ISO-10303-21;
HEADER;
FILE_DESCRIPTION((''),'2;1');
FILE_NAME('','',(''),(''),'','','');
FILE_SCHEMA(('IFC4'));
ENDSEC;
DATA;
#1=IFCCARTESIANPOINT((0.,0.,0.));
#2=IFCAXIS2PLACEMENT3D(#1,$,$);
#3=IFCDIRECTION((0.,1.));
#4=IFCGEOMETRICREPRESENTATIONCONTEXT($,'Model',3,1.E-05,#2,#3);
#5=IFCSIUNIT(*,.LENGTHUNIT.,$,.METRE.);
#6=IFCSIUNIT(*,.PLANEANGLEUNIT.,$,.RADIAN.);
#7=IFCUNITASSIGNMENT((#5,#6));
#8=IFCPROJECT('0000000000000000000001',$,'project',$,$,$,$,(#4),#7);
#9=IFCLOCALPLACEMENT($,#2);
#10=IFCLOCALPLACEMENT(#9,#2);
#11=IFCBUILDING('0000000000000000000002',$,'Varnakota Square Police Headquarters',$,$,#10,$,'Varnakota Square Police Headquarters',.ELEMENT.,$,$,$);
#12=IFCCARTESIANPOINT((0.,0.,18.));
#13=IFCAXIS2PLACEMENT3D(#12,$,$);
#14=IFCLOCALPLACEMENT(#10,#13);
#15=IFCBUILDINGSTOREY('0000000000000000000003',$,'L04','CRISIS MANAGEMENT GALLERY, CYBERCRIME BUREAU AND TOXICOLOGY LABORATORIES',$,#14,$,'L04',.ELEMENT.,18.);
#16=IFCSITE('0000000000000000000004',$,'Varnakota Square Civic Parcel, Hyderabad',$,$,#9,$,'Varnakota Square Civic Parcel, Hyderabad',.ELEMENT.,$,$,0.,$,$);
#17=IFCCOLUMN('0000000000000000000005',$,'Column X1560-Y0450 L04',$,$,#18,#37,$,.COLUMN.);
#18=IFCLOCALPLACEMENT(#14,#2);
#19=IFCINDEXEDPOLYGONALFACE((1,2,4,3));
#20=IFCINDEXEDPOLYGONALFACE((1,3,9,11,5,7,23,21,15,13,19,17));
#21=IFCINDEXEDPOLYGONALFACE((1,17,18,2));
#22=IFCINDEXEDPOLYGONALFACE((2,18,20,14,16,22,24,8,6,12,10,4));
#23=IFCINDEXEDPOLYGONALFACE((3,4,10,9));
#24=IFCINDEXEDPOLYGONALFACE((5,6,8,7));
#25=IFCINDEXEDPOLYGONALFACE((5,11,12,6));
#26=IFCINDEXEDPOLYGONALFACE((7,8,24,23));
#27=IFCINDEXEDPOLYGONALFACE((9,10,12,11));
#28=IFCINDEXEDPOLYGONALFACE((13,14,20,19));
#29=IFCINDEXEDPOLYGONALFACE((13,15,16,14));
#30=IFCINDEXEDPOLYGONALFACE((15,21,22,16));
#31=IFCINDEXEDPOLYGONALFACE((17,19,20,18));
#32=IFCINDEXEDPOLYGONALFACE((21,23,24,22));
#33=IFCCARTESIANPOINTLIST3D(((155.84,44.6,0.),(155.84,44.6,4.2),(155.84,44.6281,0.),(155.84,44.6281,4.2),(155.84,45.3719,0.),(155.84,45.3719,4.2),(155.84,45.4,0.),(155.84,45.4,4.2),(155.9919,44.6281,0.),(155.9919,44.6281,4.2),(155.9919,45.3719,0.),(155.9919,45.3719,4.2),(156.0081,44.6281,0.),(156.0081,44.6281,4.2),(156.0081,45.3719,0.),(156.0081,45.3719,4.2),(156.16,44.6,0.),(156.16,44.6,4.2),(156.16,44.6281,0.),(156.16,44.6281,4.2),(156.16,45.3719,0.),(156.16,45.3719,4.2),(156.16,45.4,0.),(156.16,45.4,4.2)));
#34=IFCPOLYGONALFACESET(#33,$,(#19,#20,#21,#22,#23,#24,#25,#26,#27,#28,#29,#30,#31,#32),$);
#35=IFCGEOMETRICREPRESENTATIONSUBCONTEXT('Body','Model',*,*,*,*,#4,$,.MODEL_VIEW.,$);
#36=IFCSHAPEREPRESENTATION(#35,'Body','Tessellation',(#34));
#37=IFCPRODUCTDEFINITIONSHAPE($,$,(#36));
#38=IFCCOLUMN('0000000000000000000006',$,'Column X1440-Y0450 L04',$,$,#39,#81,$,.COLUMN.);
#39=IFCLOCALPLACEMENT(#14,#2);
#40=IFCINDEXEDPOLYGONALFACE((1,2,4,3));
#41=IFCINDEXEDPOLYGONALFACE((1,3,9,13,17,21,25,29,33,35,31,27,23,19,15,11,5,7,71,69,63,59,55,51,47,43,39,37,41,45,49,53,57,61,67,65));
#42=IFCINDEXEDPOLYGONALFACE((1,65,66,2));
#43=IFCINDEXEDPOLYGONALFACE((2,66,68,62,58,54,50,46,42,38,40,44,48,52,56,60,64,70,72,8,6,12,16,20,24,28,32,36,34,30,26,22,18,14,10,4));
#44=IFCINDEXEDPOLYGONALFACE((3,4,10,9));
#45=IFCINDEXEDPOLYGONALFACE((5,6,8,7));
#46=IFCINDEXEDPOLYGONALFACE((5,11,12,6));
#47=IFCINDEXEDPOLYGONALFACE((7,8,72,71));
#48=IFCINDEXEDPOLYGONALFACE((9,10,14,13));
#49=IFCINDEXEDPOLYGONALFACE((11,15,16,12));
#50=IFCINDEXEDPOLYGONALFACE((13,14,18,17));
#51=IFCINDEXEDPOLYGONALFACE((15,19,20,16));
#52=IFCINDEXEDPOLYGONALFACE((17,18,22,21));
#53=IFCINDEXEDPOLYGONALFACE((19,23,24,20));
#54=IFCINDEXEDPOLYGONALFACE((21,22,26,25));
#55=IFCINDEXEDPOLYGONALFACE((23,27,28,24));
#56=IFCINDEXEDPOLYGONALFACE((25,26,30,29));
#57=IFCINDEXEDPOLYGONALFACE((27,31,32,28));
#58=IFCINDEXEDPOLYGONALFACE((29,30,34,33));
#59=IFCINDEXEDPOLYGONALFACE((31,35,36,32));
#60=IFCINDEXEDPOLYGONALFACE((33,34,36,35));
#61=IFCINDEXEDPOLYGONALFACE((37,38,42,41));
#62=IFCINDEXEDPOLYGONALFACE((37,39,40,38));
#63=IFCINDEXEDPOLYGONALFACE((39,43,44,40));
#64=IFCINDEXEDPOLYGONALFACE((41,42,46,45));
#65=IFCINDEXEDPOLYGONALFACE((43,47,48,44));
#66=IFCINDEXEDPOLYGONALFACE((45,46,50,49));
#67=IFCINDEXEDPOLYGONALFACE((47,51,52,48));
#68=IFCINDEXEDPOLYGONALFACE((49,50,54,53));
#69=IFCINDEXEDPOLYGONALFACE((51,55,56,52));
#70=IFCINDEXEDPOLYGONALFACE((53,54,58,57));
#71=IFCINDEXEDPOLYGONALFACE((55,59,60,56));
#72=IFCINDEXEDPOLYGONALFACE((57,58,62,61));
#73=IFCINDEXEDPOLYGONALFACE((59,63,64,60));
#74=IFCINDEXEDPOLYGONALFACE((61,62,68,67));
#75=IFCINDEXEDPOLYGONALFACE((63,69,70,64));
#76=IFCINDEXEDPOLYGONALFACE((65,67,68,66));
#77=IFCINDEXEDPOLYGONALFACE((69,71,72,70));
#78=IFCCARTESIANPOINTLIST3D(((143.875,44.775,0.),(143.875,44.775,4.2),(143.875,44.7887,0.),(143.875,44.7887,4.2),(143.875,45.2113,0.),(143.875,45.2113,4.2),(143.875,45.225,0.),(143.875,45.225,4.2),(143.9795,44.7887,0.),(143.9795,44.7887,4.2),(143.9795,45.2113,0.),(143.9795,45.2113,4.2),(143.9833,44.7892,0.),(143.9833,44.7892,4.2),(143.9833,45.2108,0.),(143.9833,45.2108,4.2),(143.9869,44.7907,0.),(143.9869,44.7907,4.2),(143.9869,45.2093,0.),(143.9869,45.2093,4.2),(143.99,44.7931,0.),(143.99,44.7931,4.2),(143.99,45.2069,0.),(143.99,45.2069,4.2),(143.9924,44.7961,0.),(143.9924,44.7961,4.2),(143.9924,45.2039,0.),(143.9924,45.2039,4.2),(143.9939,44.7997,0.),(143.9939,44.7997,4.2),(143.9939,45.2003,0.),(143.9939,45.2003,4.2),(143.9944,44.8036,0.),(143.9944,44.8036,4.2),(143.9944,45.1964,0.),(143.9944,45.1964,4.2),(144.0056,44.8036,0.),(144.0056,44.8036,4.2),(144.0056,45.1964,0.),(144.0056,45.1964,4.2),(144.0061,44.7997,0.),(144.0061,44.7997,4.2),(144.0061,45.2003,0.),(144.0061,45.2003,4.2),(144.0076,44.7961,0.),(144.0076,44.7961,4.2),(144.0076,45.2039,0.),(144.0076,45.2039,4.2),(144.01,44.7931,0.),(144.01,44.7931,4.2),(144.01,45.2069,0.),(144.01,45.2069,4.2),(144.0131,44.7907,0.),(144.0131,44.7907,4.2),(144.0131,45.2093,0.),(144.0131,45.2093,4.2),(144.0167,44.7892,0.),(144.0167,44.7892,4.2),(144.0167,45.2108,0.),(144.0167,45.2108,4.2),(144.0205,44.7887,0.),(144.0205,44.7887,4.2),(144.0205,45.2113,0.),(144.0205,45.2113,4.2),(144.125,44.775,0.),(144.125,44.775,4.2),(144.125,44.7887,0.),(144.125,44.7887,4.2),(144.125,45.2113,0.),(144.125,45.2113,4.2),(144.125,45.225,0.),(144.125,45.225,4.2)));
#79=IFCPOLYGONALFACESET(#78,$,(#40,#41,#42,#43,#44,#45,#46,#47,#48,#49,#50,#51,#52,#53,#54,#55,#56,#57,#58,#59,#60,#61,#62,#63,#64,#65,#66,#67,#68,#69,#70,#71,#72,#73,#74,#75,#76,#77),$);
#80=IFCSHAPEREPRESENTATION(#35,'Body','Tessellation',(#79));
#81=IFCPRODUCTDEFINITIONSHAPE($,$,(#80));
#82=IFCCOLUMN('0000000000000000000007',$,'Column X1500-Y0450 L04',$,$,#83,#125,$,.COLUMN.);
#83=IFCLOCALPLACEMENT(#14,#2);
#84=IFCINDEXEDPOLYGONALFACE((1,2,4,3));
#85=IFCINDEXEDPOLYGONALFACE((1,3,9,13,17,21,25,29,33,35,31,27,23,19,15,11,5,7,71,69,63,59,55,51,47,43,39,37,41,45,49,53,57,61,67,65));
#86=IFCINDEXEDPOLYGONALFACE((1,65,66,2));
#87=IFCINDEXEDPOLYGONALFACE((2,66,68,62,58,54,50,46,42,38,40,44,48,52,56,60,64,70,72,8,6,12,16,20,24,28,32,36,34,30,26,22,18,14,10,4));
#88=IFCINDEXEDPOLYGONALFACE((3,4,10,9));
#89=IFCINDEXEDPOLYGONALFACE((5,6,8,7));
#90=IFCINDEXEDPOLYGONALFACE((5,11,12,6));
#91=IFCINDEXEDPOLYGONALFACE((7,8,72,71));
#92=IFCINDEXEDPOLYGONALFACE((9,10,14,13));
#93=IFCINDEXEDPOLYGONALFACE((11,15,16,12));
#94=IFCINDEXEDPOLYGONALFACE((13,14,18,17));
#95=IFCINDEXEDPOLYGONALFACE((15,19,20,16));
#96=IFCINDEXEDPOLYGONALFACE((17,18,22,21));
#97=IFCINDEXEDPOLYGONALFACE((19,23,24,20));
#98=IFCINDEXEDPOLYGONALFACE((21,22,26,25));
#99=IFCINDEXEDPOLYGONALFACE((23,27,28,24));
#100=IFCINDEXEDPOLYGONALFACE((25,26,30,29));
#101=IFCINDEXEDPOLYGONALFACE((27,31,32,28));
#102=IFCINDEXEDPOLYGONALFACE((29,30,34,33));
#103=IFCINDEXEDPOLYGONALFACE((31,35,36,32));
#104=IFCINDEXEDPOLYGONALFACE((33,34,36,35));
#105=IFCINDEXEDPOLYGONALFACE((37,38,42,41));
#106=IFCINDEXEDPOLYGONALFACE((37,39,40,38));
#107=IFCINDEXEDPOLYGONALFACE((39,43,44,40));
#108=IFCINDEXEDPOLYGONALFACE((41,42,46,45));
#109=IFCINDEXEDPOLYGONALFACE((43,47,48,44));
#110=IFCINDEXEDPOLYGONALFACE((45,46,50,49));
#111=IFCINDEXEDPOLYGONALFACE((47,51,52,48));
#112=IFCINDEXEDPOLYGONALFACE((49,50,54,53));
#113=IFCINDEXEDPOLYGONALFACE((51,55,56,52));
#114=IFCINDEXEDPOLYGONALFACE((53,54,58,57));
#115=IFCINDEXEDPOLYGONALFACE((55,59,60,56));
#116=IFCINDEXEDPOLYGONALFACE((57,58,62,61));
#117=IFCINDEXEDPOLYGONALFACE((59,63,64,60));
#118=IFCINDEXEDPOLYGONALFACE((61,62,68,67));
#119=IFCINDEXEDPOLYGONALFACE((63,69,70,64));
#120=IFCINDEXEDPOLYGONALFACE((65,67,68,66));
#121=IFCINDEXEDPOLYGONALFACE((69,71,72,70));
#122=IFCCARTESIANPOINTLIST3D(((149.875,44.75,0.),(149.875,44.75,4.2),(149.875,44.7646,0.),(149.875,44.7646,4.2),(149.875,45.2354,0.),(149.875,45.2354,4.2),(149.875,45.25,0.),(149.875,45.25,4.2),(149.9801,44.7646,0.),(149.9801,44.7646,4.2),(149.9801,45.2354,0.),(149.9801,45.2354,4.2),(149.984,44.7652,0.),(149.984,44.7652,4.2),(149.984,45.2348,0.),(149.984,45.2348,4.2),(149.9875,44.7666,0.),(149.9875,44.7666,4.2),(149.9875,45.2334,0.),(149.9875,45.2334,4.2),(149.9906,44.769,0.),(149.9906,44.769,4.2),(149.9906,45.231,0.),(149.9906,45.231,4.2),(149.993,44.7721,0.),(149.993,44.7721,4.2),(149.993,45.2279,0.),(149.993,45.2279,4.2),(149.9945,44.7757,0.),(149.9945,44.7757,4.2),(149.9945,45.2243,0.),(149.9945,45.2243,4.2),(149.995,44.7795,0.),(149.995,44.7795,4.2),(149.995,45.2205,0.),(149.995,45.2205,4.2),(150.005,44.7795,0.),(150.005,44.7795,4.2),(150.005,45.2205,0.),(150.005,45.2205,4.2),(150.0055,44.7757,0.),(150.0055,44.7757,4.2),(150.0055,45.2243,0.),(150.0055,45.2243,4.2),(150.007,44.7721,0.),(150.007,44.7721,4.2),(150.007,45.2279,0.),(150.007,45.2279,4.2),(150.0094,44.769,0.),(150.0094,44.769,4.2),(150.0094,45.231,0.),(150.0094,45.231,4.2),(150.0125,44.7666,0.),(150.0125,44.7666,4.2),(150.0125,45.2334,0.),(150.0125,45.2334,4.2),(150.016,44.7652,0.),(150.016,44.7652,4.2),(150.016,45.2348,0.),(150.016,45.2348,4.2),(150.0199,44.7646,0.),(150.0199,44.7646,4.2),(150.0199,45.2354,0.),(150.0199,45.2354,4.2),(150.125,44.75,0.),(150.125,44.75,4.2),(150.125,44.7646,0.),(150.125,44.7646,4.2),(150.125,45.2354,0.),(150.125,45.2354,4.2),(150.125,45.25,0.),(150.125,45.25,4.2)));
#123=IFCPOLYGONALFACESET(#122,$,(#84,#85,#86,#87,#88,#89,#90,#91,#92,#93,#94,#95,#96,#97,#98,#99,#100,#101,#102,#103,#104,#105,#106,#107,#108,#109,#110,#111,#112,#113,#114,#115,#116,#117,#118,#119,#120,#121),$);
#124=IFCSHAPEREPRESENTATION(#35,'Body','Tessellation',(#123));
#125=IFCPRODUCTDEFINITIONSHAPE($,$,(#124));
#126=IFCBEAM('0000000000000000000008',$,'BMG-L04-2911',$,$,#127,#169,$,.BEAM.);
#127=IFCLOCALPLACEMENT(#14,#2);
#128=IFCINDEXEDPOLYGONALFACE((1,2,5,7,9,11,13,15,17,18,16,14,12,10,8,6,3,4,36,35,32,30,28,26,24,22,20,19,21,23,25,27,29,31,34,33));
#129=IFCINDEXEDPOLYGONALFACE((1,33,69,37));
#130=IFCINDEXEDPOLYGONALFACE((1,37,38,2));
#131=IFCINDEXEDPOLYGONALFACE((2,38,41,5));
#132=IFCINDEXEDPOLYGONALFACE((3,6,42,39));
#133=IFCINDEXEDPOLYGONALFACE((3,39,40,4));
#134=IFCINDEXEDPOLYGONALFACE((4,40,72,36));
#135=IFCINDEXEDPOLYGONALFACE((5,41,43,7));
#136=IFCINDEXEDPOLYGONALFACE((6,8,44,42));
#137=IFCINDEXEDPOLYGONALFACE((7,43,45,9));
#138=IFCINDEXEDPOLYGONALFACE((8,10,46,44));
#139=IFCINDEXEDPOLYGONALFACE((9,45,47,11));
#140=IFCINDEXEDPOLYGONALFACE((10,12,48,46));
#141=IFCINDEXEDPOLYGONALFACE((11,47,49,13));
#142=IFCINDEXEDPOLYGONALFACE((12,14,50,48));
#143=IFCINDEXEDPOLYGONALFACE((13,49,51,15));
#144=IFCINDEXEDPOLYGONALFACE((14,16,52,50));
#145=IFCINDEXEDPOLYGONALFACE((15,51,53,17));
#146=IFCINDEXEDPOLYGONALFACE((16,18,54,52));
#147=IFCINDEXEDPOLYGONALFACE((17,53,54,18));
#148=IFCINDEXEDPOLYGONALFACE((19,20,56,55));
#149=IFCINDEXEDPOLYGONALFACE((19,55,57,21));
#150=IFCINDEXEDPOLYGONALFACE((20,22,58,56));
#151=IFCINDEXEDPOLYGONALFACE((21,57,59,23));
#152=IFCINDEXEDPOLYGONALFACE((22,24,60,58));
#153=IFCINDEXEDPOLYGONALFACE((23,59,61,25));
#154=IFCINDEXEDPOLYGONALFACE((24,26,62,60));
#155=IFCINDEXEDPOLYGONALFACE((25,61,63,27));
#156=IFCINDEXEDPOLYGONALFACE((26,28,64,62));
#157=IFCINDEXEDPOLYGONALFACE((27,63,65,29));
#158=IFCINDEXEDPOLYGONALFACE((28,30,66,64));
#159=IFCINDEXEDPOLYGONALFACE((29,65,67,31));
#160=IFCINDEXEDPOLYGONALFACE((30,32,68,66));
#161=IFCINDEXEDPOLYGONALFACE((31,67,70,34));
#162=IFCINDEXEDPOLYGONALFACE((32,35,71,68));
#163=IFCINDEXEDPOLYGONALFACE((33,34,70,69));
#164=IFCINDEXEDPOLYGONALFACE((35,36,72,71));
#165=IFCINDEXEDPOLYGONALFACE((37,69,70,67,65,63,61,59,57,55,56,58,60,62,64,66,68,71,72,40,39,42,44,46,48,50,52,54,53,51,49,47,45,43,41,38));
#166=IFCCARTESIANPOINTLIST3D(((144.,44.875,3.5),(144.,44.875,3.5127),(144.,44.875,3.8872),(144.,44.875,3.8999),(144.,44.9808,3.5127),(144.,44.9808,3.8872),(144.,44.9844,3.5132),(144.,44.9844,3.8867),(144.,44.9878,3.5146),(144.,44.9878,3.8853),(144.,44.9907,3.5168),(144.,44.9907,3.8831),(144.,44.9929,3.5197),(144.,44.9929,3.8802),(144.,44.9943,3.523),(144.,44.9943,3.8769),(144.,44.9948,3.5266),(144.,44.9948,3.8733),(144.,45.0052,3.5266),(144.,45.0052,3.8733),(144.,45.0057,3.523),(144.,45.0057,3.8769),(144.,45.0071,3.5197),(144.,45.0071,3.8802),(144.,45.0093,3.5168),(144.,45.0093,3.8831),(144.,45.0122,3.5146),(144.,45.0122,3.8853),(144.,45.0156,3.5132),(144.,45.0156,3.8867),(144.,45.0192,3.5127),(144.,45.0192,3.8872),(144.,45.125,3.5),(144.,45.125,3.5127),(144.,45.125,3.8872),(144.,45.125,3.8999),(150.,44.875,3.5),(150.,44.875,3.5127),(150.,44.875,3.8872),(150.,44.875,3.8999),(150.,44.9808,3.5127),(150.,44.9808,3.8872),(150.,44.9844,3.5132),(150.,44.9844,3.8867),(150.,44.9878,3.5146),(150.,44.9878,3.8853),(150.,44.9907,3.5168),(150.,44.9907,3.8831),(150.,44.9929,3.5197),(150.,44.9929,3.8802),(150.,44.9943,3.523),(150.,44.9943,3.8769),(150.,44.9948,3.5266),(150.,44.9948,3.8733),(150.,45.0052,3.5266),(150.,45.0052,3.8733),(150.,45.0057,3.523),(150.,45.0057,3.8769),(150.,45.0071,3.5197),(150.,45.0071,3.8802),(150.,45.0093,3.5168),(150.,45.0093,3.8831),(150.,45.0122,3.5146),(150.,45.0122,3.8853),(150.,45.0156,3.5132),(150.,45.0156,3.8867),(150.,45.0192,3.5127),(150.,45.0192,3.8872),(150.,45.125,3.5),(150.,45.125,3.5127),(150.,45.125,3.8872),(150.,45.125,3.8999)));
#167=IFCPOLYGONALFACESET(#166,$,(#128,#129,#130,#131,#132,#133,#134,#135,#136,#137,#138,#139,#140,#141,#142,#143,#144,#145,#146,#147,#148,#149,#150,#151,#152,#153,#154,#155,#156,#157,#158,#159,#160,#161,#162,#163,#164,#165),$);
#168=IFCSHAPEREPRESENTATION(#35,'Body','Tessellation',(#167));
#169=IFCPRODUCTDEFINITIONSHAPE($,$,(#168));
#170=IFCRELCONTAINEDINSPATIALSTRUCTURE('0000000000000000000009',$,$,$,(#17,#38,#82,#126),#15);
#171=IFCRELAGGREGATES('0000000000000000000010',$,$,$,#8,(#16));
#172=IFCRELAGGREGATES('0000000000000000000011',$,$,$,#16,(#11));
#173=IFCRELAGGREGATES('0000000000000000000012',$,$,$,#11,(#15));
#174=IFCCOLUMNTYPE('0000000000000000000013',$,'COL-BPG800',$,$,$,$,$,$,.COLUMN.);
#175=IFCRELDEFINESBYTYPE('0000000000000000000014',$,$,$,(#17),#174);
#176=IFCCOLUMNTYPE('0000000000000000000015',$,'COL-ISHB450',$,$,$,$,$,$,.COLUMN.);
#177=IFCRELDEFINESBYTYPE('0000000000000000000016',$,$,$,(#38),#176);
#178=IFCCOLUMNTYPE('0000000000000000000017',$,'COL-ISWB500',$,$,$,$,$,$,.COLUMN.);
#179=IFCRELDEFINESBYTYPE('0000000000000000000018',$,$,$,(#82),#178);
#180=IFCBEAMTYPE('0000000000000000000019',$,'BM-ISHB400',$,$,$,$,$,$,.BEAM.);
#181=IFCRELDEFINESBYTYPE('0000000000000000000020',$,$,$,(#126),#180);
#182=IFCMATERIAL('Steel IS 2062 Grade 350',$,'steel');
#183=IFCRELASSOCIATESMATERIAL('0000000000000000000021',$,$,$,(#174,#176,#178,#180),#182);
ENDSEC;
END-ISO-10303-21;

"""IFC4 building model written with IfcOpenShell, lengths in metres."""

from ifc_helpers import new_model, si_unit, direction, frame, origin, origin_2d, place, context, subcontext, project, spatial, i_section, extrude, material, material_profile, profile_set, type_object, element, save


model = new_model("IFC4")

# Units and contexts
model_context = context("Model", 3, precision=1e-05, world=origin(), true_north=direction((0.0, 1.0)))
body_context = subcontext(model_context, "Body", "Model", "MODEL_VIEW")
ifc_project = project(units=[si_unit("LENGTHUNIT", "METRE"), si_unit("PLANEANGLEUNIT", "RADIAN")], contexts=[model_context])

# Site, building, storey
site_placement = place(None, origin())
site = spatial("IfcSite", under=ifc_project, at=site_placement, Name="Varnakota Square Civic Parcel, Hyderabad", LongName="Varnakota Square Civic Parcel, Hyderabad", CompositionType="ELEMENT", RefElevation=0.0)
building_placement = place(site_placement, origin())
building = spatial("IfcBuilding", under=site, at=building_placement, Name="Varnakota Square Police Headquarters", LongName="Varnakota Square Police Headquarters", CompositionType="ELEMENT")
storey_placement = place(building_placement, frame((0.0, 0.0, 18.0)))
storey = spatial("IfcBuildingStorey", under=building, at=storey_placement, Name="L04", Description="CRISIS MANAGEMENT GALLERY, CYBERCRIME BUREAU AND TOXICOLOGY LABORATORIES", LongName="L04", CompositionType="ELEMENT", Elevation=18.0)

# Columns
ifc_material_1 = material(Name="Steel IS 2062 Grade 350", Category="steel")
ifc_material_profile_1 = material_profile(ifc_material_1, i_section(OverallWidth=0.3201, OverallDepth=0.8, WebThickness=0.0161, FlangeThickness=0.0281, at=origin_2d()), Name="BPG 800x320")
ifc_profile_set_1 = profile_set([ifc_material_profile_1], Name="Steel IS 2062 Grade 350")
column_type_1 = type_object("IfcColumnType", Name="COL-BPG800", PredefinedType="COLUMN", material=ifc_profile_set_1)
column_1_placement = place(storey_placement, frame((156.0, 45.0, 0.0), z_axis=(0.0, 0.0, 1.0), x_axis=(1.0, 0.0, 0.0)))
element("IfcColumn", 1, at=column_1_placement, inside=storey, type_object=column_type_1, Name="Column X1560-Y0450 L04", PredefinedType="COLUMN", context=body_context, shape_type="SweptSolid", body=[
    extrude(i_section(OverallWidth=0.3201, OverallDepth=0.8, WebThickness=0.0161, FlangeThickness=0.0281, at=origin_2d()), origin(), (0.0, 0.0, 1.0), 4.2),
])
ifc_material_profile_2 = material_profile(ifc_material_1, i_section(OverallWidth=0.25, OverallDepth=0.45, WebThickness=0.0112, FlangeThickness=0.0137, FilletRadius=0.0149, at=origin_2d()), Name="ISHB 450")
ifc_profile_set_2 = profile_set([ifc_material_profile_2], Name="Steel IS 2062 Grade 350")
column_type_2 = type_object("IfcColumnType", Name="COL-ISHB450", PredefinedType="COLUMN", material=ifc_profile_set_2)
column_2_placement = place(storey_placement, frame((144.0, 45.0, 0.0), z_axis=(0.0, 0.0, 1.0), x_axis=(1.0, 0.0, 0.0)))
element("IfcColumn", 2, at=column_2_placement, inside=storey, type_object=column_type_2, Name="Column X1440-Y0450 L04", PredefinedType="COLUMN", context=body_context, shape_type="SweptSolid", body=[
    extrude(i_section(OverallWidth=0.25, OverallDepth=0.45, WebThickness=0.0112, FlangeThickness=0.0137, FilletRadius=0.0149, at=origin_2d()), origin(), (0.0, 0.0, 1.0), 4.2),
])
ifc_material_profile_3 = material_profile(ifc_material_1, i_section(OverallWidth=0.25, OverallDepth=0.5, WebThickness=0.01, FlangeThickness=0.0146, FilletRadius=0.0149, at=origin_2d()), Name="ISWB 500")
ifc_profile_set_3 = profile_set([ifc_material_profile_3], Name="Steel IS 2062 Grade 350")
column_type_3 = type_object("IfcColumnType", Name="COL-ISWB500", PredefinedType="COLUMN", material=ifc_profile_set_3)
column_3_placement = place(storey_placement, frame((150.0, 45.0, 0.0), z_axis=(0.0, 0.0, 1.0), x_axis=(1.0, 0.0, 0.0)))
element("IfcColumn", 3, at=column_3_placement, inside=storey, type_object=column_type_3, Name="Column X1500-Y0450 L04", PredefinedType="COLUMN", context=body_context, shape_type="SweptSolid", body=[
    extrude(i_section(OverallWidth=0.25, OverallDepth=0.5, WebThickness=0.01, FlangeThickness=0.0146, FilletRadius=0.0149, at=origin_2d()), origin(), (0.0, 0.0, 1.0), 4.2),
])

# Beam
ifc_material_profile_4 = material_profile(ifc_material_1, i_section(OverallWidth=0.25, OverallDepth=0.3999, WebThickness=0.0105, FlangeThickness=0.0127, FilletRadius=0.0139, at=origin_2d()), Name="ISHB 400")
ifc_profile_set_4 = profile_set([ifc_material_profile_4], Name="Steel IS 2062 Grade 350")
beam_type_1 = type_object("IfcBeamType", Name="BM-ISHB400", PredefinedType="BEAM", material=ifc_profile_set_4)
beam_1_placement = place(storey_placement, frame((144.0, 45.0, 3.7), z_axis=(1.0, 0.0, 0.0), x_axis=(0.0, 1.0, 0.0)))
element("IfcBeam", 4, at=beam_1_placement, inside=storey, type_object=beam_type_1, Name="BMG-L04-2911", PredefinedType="BEAM", context=body_context, shape_type="SweptSolid", body=[
    extrude(i_section(OverallWidth=0.25, OverallDepth=0.3999, WebThickness=0.0105, FlangeThickness=0.0127, FilletRadius=0.0139, at=origin_2d()), origin(), (0.0, 0.0, 1.0), 6.0),
])

save(model, "model.ifc")
